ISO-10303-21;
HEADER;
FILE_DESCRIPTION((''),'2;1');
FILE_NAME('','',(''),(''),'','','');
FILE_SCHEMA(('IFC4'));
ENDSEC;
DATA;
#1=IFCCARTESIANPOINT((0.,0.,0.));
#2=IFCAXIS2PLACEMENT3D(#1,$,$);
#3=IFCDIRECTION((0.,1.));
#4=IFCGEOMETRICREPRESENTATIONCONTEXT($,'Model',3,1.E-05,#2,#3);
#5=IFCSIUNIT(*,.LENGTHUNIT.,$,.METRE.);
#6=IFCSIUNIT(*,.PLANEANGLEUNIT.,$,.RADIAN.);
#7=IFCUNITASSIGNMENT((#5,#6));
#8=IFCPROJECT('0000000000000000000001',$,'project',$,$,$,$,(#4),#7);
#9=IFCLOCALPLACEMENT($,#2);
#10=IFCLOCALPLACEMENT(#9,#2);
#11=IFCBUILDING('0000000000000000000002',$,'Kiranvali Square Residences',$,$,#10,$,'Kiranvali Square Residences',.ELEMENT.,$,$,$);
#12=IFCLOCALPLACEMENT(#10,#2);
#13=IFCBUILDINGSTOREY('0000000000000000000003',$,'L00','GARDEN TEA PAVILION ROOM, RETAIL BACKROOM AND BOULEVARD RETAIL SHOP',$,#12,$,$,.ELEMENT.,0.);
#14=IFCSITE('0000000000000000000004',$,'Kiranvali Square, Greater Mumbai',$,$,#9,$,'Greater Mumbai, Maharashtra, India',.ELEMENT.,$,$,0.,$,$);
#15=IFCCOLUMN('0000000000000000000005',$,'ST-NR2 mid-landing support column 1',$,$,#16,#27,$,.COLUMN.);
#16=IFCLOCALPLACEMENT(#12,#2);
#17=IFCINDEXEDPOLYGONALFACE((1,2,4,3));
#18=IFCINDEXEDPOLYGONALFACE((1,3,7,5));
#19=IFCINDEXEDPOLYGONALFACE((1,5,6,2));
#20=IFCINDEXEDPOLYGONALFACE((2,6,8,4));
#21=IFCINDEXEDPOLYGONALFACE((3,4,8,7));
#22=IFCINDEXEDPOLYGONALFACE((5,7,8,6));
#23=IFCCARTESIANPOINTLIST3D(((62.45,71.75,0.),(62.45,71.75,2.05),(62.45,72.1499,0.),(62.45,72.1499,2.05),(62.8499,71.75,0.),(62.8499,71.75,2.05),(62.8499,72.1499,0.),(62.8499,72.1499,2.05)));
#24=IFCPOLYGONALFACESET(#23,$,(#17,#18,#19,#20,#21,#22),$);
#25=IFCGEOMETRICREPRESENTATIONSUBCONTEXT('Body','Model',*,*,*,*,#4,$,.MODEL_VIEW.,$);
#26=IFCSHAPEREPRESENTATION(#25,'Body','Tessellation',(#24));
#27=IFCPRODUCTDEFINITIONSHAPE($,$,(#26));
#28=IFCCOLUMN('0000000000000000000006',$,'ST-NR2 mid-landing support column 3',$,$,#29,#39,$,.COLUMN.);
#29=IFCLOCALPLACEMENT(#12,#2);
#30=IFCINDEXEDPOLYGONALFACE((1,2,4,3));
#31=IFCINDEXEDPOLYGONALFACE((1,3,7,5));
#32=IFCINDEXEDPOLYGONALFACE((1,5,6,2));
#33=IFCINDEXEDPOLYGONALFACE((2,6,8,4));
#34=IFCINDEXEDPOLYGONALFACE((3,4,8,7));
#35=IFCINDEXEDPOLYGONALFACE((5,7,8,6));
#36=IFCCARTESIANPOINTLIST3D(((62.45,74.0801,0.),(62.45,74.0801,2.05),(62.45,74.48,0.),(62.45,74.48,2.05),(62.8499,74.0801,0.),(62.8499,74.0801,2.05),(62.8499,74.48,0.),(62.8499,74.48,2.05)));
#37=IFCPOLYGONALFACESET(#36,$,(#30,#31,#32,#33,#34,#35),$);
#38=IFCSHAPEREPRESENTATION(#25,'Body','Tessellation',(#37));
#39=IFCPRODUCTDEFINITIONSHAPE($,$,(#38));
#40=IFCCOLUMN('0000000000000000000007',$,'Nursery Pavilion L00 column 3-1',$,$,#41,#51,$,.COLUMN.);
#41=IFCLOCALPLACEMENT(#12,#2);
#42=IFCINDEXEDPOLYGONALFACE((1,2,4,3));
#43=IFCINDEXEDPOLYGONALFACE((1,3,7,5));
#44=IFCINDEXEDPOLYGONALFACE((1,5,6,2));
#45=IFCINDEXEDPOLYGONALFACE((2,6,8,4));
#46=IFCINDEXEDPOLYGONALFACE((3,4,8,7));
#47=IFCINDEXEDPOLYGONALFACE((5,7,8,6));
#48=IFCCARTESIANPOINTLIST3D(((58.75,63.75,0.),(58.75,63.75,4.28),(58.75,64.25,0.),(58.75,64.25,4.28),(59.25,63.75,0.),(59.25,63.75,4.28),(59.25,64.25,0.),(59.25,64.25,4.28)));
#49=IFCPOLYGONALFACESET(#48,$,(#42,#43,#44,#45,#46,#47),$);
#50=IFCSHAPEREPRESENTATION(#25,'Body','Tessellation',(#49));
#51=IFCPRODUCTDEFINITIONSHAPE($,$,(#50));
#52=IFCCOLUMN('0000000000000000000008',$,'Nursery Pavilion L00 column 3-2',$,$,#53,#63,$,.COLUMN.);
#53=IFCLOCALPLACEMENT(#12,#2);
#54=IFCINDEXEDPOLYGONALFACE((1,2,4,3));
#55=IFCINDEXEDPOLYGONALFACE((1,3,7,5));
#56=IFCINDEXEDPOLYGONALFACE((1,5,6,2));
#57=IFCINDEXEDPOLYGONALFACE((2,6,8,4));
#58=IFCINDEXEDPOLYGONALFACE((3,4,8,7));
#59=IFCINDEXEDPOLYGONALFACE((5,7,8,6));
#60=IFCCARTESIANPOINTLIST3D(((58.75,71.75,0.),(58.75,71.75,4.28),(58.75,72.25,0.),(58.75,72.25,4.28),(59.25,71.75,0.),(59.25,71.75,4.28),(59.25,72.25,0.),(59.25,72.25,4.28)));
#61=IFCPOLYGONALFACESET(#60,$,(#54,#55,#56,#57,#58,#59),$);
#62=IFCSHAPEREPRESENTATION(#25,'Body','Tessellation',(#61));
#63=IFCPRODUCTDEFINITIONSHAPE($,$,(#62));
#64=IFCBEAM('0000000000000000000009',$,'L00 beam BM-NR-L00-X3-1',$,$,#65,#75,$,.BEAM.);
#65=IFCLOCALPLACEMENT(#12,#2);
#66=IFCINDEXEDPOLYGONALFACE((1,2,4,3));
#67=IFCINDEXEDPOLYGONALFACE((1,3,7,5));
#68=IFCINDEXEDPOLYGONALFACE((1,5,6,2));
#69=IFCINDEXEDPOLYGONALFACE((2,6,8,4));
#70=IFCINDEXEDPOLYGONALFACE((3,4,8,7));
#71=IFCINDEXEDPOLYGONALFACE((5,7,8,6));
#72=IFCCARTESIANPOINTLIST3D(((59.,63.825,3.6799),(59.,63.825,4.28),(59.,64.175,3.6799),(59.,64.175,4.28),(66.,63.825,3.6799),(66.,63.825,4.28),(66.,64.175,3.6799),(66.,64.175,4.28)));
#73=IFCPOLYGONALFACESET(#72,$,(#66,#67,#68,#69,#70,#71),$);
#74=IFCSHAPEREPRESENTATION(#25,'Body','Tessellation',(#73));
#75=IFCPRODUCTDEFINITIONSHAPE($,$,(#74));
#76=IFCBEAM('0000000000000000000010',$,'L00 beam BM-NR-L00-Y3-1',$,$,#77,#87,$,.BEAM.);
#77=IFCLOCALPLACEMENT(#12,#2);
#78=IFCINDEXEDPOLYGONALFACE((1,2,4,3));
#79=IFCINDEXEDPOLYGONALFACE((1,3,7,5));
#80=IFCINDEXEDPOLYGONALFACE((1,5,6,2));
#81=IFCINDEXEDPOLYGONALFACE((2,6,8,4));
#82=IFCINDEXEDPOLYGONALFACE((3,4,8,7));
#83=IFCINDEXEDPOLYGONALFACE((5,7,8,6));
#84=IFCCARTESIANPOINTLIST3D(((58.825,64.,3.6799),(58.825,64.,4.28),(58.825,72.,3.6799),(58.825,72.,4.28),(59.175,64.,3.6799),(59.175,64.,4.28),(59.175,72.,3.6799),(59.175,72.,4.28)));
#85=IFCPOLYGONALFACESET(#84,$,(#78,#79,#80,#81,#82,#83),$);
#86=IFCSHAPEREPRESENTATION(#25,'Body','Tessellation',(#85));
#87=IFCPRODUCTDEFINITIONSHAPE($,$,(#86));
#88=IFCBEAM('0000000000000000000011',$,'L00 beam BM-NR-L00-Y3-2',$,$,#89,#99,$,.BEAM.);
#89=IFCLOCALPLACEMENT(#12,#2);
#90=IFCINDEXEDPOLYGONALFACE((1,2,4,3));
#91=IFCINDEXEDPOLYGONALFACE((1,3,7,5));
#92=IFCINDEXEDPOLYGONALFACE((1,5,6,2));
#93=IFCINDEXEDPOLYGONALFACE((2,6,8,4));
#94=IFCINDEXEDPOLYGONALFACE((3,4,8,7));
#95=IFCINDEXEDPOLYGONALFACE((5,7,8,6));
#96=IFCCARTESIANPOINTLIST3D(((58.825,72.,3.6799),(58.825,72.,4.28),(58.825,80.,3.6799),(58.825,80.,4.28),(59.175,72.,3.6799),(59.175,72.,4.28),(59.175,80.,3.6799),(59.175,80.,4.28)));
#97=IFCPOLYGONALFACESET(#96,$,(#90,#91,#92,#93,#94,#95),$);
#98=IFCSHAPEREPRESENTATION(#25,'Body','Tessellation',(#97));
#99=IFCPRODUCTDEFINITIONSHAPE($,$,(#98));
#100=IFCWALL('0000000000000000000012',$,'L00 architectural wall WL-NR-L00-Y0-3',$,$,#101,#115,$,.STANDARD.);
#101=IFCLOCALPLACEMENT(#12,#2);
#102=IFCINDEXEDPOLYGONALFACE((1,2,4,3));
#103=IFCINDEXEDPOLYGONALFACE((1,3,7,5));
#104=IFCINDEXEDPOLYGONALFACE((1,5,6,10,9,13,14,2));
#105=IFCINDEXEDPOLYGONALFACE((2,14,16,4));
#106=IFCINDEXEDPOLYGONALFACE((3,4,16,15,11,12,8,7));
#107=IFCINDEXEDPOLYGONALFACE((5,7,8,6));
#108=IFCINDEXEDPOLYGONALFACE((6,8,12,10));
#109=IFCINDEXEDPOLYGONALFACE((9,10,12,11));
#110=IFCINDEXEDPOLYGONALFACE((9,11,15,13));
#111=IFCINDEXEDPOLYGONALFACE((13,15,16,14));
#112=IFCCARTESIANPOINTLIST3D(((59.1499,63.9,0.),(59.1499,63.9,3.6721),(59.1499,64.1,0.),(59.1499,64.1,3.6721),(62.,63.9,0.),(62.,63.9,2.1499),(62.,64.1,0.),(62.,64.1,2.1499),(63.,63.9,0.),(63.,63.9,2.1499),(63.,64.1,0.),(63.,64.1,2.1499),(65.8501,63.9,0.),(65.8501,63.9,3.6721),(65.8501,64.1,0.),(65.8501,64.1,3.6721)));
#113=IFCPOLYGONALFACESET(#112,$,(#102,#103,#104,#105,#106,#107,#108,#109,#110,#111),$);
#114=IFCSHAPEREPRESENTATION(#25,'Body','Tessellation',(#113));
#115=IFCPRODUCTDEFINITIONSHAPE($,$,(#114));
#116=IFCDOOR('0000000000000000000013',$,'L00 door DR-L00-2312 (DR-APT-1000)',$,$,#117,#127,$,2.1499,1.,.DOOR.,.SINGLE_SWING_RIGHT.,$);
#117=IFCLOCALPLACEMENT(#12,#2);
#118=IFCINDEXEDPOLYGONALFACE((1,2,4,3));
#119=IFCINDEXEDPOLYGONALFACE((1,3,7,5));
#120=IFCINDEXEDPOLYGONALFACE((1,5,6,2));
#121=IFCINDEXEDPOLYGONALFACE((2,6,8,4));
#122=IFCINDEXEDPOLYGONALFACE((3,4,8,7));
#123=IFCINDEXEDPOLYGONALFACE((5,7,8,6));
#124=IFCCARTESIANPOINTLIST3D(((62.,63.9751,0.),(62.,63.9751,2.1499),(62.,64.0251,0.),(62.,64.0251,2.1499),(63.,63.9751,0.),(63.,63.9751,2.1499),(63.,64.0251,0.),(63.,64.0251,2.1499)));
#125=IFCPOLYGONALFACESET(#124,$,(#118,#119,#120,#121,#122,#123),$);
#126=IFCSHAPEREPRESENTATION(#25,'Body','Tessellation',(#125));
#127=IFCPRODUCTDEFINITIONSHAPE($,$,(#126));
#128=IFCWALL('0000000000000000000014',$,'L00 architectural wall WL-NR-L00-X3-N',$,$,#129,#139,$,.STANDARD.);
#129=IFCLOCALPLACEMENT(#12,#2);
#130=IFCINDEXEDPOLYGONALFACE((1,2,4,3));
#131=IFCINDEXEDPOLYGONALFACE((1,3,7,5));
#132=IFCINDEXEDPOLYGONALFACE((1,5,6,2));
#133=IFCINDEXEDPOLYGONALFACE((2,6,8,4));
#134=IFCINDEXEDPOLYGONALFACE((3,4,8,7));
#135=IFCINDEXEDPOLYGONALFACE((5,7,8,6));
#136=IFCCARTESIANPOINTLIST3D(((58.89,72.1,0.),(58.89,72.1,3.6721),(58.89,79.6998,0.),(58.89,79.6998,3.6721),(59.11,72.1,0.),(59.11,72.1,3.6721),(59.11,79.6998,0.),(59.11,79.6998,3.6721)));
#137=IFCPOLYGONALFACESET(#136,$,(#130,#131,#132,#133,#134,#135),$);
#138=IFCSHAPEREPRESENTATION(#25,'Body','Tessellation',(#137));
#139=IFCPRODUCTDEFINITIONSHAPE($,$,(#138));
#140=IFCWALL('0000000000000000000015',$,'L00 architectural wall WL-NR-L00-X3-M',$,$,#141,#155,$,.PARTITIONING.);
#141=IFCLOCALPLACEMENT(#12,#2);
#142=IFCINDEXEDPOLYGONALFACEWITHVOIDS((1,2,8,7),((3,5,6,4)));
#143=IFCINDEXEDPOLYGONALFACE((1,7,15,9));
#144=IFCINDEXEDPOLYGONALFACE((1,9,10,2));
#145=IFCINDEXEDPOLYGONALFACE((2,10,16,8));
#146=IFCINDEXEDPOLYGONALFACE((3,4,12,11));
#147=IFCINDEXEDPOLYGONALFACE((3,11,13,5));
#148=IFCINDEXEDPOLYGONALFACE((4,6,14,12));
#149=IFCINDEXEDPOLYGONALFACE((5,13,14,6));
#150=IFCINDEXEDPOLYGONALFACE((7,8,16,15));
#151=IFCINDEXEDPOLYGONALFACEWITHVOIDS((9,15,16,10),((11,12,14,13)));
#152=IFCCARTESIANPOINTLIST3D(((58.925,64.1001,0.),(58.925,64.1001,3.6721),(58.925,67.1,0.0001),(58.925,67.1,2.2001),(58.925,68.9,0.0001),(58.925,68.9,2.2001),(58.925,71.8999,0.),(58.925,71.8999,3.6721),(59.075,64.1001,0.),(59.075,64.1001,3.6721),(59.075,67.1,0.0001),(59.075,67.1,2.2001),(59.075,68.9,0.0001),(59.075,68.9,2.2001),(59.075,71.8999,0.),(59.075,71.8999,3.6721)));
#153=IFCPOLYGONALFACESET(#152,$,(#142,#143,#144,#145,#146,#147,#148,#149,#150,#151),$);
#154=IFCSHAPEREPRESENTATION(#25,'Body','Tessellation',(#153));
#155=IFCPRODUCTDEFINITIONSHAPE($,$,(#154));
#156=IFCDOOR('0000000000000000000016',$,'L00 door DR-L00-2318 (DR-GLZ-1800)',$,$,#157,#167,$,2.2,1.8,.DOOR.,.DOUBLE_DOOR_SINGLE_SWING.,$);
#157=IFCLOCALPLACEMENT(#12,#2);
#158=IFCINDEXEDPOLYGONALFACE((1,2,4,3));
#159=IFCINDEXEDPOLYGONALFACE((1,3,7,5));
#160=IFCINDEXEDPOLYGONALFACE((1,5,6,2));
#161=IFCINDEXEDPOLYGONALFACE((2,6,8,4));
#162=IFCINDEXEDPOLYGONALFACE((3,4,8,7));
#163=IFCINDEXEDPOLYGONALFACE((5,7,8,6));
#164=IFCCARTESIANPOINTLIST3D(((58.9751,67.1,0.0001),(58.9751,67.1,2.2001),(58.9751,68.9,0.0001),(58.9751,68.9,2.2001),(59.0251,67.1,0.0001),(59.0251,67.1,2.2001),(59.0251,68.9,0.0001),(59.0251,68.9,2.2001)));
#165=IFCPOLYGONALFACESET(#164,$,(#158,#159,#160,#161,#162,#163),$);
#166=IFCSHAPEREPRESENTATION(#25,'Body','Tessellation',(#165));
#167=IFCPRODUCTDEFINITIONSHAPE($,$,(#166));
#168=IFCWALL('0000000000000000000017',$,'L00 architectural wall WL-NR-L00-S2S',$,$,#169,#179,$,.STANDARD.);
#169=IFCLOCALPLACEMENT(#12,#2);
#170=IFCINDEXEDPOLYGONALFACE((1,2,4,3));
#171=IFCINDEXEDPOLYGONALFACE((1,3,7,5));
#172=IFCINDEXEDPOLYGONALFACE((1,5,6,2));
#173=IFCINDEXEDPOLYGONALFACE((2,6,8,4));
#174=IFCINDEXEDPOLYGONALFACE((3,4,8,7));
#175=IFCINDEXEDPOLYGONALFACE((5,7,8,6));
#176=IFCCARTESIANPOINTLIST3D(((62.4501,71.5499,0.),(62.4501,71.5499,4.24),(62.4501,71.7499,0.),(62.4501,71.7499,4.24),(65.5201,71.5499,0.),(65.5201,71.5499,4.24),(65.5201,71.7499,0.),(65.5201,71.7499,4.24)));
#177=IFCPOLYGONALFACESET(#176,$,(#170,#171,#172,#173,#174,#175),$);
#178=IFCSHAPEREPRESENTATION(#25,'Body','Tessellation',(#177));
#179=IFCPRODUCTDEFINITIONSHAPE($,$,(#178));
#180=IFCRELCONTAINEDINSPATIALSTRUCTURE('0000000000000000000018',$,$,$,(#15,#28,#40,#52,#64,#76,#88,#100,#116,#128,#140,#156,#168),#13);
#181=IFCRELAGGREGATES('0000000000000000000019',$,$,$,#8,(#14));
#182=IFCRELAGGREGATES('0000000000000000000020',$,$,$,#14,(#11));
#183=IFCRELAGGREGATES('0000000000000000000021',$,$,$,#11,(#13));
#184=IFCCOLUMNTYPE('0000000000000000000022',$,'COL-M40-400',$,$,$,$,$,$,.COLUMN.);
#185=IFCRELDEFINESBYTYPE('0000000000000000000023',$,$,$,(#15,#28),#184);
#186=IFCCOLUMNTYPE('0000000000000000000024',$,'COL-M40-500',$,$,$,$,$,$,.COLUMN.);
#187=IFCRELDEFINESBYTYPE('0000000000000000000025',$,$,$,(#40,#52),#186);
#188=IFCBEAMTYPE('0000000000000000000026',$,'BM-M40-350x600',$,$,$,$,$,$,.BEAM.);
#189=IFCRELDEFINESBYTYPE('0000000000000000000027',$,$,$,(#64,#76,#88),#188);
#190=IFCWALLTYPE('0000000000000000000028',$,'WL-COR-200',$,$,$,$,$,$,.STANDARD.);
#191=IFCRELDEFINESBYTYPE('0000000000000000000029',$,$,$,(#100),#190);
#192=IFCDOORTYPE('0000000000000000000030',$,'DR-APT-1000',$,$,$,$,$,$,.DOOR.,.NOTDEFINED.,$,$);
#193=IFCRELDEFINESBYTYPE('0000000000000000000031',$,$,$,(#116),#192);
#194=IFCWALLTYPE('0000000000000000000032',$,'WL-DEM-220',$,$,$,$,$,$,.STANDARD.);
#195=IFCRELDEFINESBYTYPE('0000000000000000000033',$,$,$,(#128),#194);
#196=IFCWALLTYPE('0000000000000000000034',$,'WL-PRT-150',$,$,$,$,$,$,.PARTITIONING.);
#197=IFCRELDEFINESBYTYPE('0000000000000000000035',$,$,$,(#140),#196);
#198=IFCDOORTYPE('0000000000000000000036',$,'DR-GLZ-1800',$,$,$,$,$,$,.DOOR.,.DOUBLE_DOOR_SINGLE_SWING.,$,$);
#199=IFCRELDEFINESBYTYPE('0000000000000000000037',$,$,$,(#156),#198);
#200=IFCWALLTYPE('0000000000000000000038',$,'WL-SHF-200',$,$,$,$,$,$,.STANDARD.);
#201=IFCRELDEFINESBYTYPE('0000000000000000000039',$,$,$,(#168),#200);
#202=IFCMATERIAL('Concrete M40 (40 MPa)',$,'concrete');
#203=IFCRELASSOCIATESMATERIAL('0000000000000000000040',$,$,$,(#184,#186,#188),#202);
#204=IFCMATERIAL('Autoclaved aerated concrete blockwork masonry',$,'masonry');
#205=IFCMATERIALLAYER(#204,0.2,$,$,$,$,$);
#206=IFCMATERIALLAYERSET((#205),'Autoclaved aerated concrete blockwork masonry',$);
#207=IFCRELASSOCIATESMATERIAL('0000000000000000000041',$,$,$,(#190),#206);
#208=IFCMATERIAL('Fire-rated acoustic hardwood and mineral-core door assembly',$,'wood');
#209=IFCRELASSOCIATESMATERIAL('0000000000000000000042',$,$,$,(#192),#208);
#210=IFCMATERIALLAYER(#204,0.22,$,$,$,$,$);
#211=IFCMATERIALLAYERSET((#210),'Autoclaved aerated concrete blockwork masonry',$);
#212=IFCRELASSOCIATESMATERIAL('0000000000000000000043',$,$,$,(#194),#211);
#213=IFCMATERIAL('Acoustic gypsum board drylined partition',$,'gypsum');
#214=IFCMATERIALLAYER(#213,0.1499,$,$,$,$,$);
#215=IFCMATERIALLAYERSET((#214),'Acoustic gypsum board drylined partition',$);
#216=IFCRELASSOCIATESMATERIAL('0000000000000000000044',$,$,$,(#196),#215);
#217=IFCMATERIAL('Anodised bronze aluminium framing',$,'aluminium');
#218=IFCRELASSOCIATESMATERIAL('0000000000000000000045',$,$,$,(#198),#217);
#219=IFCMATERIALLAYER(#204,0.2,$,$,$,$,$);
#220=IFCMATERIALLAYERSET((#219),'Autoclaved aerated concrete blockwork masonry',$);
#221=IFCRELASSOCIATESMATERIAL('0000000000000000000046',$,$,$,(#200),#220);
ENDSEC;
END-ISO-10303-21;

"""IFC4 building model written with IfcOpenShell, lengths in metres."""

from ifc_helpers import new_model, si_unit, direction, frame, frame_2d, origin, origin_2d, place, context, subcontext, project, spatial, rectangle, extrude, material, layer, layer_set, material_profile, profile_set, type_object, element, fill, save


model = new_model("IFC4")

# Units and contexts
model_context = context("Model", 3, precision=1e-05, world=origin(), true_north=direction((0.0, 1.0)))
body_context = subcontext(model_context, "Body", "Model", "MODEL_VIEW")
ifc_project = project(units=[si_unit("LENGTHUNIT", "METRE"), si_unit("PLANEANGLEUNIT", "RADIAN")], contexts=[model_context])

# Site, building, storey
site_placement = place(None, origin())
site = spatial("IfcSite", under=ifc_project, at=site_placement, Name="Kiranvali Square, Greater Mumbai", LongName="Greater Mumbai, Maharashtra, India", CompositionType="ELEMENT", RefElevation=0.0)
building_placement = place(site_placement, origin())
building = spatial("IfcBuilding", under=site, at=building_placement, Name="Kiranvali Square Residences", LongName="Kiranvali Square Residences", CompositionType="ELEMENT")
storey_placement = place(building_placement, origin())
storey = spatial("IfcBuildingStorey", under=building, at=storey_placement, Name="L00", Description="GARDEN TEA PAVILION ROOM, RETAIL BACKROOM AND BOULEVARD RETAIL SHOP", CompositionType="ELEMENT", Elevation=0.0)

# Columns
ifc_material_1 = material(Name="Concrete M40 (40 MPa)", Category="concrete")
ifc_material_profile_1 = material_profile(ifc_material_1, rectangle(XDim=0.3999, YDim=0.3999, at=origin_2d()), Name="RC 400x400")
ifc_profile_set_1 = profile_set([ifc_material_profile_1], Name="Concrete M40 (40 MPa)")
column_type_1 = type_object("IfcColumnType", Name="COL-M40-400", PredefinedType="COLUMN", material=ifc_profile_set_1)
for number, where, z_axis, x_axis, name in (
    (1, (62.6499, 71.95, 0.0), (0.0, 0.0, 1.0), (1.0, 0.0, 0.0), "ST-NR2 mid-landing support column 1"),
    (2, (62.6499, 74.28, 0.0), (0.0, 0.0, 1.0), (1.0, 0.0, 0.0), "ST-NR2 mid-landing support column 3"),
):
    element("IfcColumn", number, at=place(storey_placement, frame(where, z_axis=z_axis, x_axis=x_axis)), inside=storey, type_object=column_type_1, Name=name, PredefinedType="COLUMN", context=body_context, shape_type="SweptSolid", body=[
        extrude(rectangle(XDim=0.3999, YDim=0.3999, at=origin_2d()), origin(), (0.0, 0.0, 1.0), 2.05),
    ])
ifc_material_profile_2 = material_profile(ifc_material_1, rectangle(XDim=0.5, YDim=0.5, at=origin_2d()), Name="RC 500x500")
ifc_profile_set_2 = profile_set([ifc_material_profile_2], Name="Concrete M40 (40 MPa)")
column_type_2 = type_object("IfcColumnType", Name="COL-M40-500", PredefinedType="COLUMN", material=ifc_profile_set_2)
for number, where, z_axis, x_axis, name in (
    (3, (59.0, 64.0, 0.0), (0.0, 0.0, 1.0), (1.0, 0.0, 0.0), "Nursery Pavilion L00 column 3-1"),
    (4, (59.0, 72.0, 0.0), (0.0, 0.0, 1.0), (1.0, 0.0, 0.0), "Nursery Pavilion L00 column 3-2"),
):
    element("IfcColumn", number, at=place(storey_placement, frame(where, z_axis=z_axis, x_axis=x_axis)), inside=storey, type_object=column_type_2, Name=name, PredefinedType="COLUMN", context=body_context, shape_type="SweptSolid", body=[
        extrude(rectangle(XDim=0.5, YDim=0.5, at=origin_2d()), origin(), (0.0, 0.0, 1.0), 4.28),
    ])

# Beams
ifc_material_profile_3 = material_profile(ifc_material_1, rectangle(XDim=0.3501, YDim=0.6001, at=origin_2d()), Name="RC 350x600")
ifc_profile_set_3 = profile_set([ifc_material_profile_3], Name="Concrete M40 (40 MPa)")
beam_type = type_object("IfcBeamType", Name="BM-M40-350x600", PredefinedType="BEAM", material=ifc_profile_set_3)
beam_placement = place(storey_placement, frame((59.0, 64.0, 3.98), z_axis=(1.0, 0.0, 0.0), x_axis=(0.0, 1.0, 0.0)))
element("IfcBeam", 5, at=beam_placement, inside=storey, type_object=beam_type, Name="L00 beam BM-NR-L00-X3-1", PredefinedType="BEAM", context=body_context, shape_type="SweptSolid", body=[
    extrude(rectangle(XDim=0.3501, YDim=0.6001, at=origin_2d()), origin(), (0.0, 0.0, 1.0), 7.0),
])
for number, where, z_axis, x_axis, name in (
    (6, (59.0, 64.0, 3.98), (0.0, 1.0, 0.0), (-1.0, 0.0, 0.0), "L00 beam BM-NR-L00-Y3-1"),
    (7, (59.0, 72.0, 3.98), (0.0, 1.0, 0.0), (-1.0, 0.0, 0.0), "L00 beam BM-NR-L00-Y3-2"),
):
    element("IfcBeam", number, at=place(storey_placement, frame(where, z_axis=z_axis, x_axis=x_axis)), inside=storey, type_object=beam_type, Name=name, PredefinedType="BEAM", context=body_context, shape_type="SweptSolid", body=[
        extrude(rectangle(XDim=0.3501, YDim=0.6001, at=origin_2d()), origin(), (0.0, 0.0, 1.0), 8.0),
    ])

# Wall, opening, door
ifc_material_2 = material(Name="Autoclaved aerated concrete blockwork masonry", Category="masonry")
ifc_layer_1 = layer(ifc_material_2, 0.2)
ifc_layer_set_1 = layer_set([ifc_layer_1], Name="Autoclaved aerated concrete blockwork masonry")
wall_type_1 = type_object("IfcWallType", Name="WL-COR-200", PredefinedType="STANDARD", material=ifc_layer_set_1)
wall_1_placement = place(storey_placement, frame((59.1499, 64.0, 0.0), z_axis=(0.0, 0.0, 1.0), x_axis=(1.0, 0.0, 0.0)))
wall_1 = element("IfcWall", 8, at=wall_1_placement, inside=storey, type_object=wall_type_1, Name="L00 architectural wall WL-NR-L00-Y0-3", PredefinedType="STANDARD", context=body_context, shape_type="SweptSolid", body=[
    extrude(rectangle(XDim=6.7002, YDim=0.2, at=frame_2d((3.3501, 0.0))), origin(), (0.0, 0.0, 1.0), 3.6721),
])
opening_1_placement = place(wall_1_placement, frame((2.8501, 0.0, 0.0)))
opening_1 = element("IfcOpeningElement", 9, at=opening_1_placement, cuts=wall_1, PredefinedType="OPENING", context=body_context, shape_type="SweptSolid", body=[
    extrude(rectangle(XDim=1.0, YDim=2.1499, at=frame_2d((0.5, 1.075))), frame((0.0, 0.1099, 0.0), z_axis=(0.0, -1.0, 0.0), x_axis=(1.0, 0.0, 0.0)), (0.0, 0.0, 1.0), 0.22),
])
ifc_material_3 = material(Name="Fire-rated acoustic hardwood and mineral-core door assembly", Category="wood")
door_type_1 = type_object("IfcDoorType", Name="DR-APT-1000", OperationType="NOTDEFINED", PredefinedType="DOOR", material=ifc_material_3)
door_1_placement = place(opening_1_placement, frame((1.0, 0.0, 0.0), z_axis=(0.0, 0.0, 1.0), x_axis=(-1.0, 0.0, 0.0)))
door_1 = element("IfcDoor", 10, at=door_1_placement, inside=storey, type_object=door_type_1, Name="L00 door DR-L00-2312 (DR-APT-1000)", OperationType="SINGLE_SWING_RIGHT", OverallHeight=2.1499, OverallWidth=1.0, PredefinedType="DOOR", context=body_context, shape_type="SweptSolid", body=[
    extrude(rectangle(XDim=1.0, YDim=2.1499, at=frame_2d((0.5, 1.075))), frame((0.0, 0.0249, 0.0), z_axis=(0.0, -1.0, 0.0), x_axis=(1.0, 0.0, 0.0)), (0.0, 0.0, 1.0), 0.05),
])
fill(opening_1, door_1)

# Wall
ifc_layer_2 = layer(ifc_material_2, 0.22)
ifc_layer_set_2 = layer_set([ifc_layer_2], Name="Autoclaved aerated concrete blockwork masonry")
wall_type_2 = type_object("IfcWallType", Name="WL-DEM-220", PredefinedType="STANDARD", material=ifc_layer_set_2)
wall_2_placement = place(storey_placement, frame((59.0, 72.1001, 0.0), z_axis=(0.0, 0.0, 1.0), x_axis=(0.0, 1.0, 0.0)))
element("IfcWall", 11, at=wall_2_placement, inside=storey, type_object=wall_type_2, Name="L00 architectural wall WL-NR-L00-X3-N", PredefinedType="STANDARD", context=body_context, shape_type="SweptSolid", body=[
    extrude(rectangle(XDim=7.5999, YDim=0.22, at=frame_2d((3.7998, 0.0))), origin(), (0.0, 0.0, 1.0), 3.6721),
])

# Wall, opening, door
ifc_material_4 = material(Name="Acoustic gypsum board drylined partition", Category="gypsum")
ifc_layer_3 = layer(ifc_material_4, 0.1499)
ifc_layer_set_3 = layer_set([ifc_layer_3], Name="Acoustic gypsum board drylined partition")
wall_type_3 = type_object("IfcWallType", Name="WL-PRT-150", PredefinedType="PARTITIONING", material=ifc_layer_set_3)
wall_3_placement = place(storey_placement, frame((59.0, 64.1001, 0.0), z_axis=(0.0, 0.0, 1.0), x_axis=(0.0, 1.0, 0.0)))
wall_3 = element("IfcWall", 12, at=wall_3_placement, inside=storey, type_object=wall_type_3, Name="L00 architectural wall WL-NR-L00-X3-M", PredefinedType="PARTITIONING", context=body_context, shape_type="SweptSolid", body=[
    extrude(rectangle(XDim=7.7998, YDim=0.1499, at=frame_2d((3.8999, 0.0))), origin(), (0.0, 0.0, 1.0), 3.6721),
])
opening_2_placement = place(wall_3_placement, frame((3.0, 0.0, 0.0)))
opening_2 = element("IfcOpeningElement", 13, at=opening_2_placement, cuts=wall_3, PredefinedType="OPENING", context=body_context, shape_type="SweptSolid", body=[
    extrude(rectangle(XDim=1.8, YDim=2.2, at=frame_2d((0.8999, 1.1001))), frame((0.0, 0.085, 0.0), z_axis=(0.0, -1.0, 0.0), x_axis=(1.0, 0.0, 0.0)), (0.0, 0.0, 1.0), 0.1699),
])
ifc_material_5 = material(Name="Anodised bronze aluminium framing", Category="aluminium")
door_type_2 = type_object("IfcDoorType", Name="DR-GLZ-1800", OperationType="DOUBLE_DOOR_SINGLE_SWING", PredefinedType="DOOR", material=ifc_material_5)
door_2_placement = place(opening_2_placement, origin())
door_2 = element("IfcDoor", 14, at=door_2_placement, inside=storey, type_object=door_type_2, Name="L00 door DR-L00-2318 (DR-GLZ-1800)", OperationType="DOUBLE_DOOR_SINGLE_SWING", OverallHeight=2.2, OverallWidth=1.8, PredefinedType="DOOR", context=body_context, shape_type="SweptSolid", body=[
    extrude(rectangle(XDim=1.8, YDim=2.2, at=frame_2d((0.8999, 1.1001))), frame((0.0, 0.0249, 0.0), z_axis=(0.0, -1.0, 0.0), x_axis=(1.0, 0.0, 0.0)), (0.0, 0.0, 1.0), 0.05),
])
fill(opening_2, door_2)

# Wall
ifc_layer_4 = layer(ifc_material_2, 0.2)
ifc_layer_set_4 = layer_set([ifc_layer_4], Name="Autoclaved aerated concrete blockwork masonry")
wall_type_4 = type_object("IfcWallType", Name="WL-SHF-200", PredefinedType="STANDARD", material=ifc_layer_set_4)
wall_4_placement = place(storey_placement, frame((62.45, 71.6499, 0.0), z_axis=(0.0, 0.0, 1.0), x_axis=(1.0, 0.0, 0.0)))
element("IfcWall", 15, at=wall_4_placement, inside=storey, type_object=wall_type_4, Name="L00 architectural wall WL-NR-L00-S2S", PredefinedType="STANDARD", context=body_context, shape_type="SweptSolid", body=[
    extrude(rectangle(XDim=3.0701, YDim=0.2, at=frame_2d((1.5352, 0.0))), origin(), (0.0, 0.0, 1.0), 4.24),
])

save(model, "model.ifc")
